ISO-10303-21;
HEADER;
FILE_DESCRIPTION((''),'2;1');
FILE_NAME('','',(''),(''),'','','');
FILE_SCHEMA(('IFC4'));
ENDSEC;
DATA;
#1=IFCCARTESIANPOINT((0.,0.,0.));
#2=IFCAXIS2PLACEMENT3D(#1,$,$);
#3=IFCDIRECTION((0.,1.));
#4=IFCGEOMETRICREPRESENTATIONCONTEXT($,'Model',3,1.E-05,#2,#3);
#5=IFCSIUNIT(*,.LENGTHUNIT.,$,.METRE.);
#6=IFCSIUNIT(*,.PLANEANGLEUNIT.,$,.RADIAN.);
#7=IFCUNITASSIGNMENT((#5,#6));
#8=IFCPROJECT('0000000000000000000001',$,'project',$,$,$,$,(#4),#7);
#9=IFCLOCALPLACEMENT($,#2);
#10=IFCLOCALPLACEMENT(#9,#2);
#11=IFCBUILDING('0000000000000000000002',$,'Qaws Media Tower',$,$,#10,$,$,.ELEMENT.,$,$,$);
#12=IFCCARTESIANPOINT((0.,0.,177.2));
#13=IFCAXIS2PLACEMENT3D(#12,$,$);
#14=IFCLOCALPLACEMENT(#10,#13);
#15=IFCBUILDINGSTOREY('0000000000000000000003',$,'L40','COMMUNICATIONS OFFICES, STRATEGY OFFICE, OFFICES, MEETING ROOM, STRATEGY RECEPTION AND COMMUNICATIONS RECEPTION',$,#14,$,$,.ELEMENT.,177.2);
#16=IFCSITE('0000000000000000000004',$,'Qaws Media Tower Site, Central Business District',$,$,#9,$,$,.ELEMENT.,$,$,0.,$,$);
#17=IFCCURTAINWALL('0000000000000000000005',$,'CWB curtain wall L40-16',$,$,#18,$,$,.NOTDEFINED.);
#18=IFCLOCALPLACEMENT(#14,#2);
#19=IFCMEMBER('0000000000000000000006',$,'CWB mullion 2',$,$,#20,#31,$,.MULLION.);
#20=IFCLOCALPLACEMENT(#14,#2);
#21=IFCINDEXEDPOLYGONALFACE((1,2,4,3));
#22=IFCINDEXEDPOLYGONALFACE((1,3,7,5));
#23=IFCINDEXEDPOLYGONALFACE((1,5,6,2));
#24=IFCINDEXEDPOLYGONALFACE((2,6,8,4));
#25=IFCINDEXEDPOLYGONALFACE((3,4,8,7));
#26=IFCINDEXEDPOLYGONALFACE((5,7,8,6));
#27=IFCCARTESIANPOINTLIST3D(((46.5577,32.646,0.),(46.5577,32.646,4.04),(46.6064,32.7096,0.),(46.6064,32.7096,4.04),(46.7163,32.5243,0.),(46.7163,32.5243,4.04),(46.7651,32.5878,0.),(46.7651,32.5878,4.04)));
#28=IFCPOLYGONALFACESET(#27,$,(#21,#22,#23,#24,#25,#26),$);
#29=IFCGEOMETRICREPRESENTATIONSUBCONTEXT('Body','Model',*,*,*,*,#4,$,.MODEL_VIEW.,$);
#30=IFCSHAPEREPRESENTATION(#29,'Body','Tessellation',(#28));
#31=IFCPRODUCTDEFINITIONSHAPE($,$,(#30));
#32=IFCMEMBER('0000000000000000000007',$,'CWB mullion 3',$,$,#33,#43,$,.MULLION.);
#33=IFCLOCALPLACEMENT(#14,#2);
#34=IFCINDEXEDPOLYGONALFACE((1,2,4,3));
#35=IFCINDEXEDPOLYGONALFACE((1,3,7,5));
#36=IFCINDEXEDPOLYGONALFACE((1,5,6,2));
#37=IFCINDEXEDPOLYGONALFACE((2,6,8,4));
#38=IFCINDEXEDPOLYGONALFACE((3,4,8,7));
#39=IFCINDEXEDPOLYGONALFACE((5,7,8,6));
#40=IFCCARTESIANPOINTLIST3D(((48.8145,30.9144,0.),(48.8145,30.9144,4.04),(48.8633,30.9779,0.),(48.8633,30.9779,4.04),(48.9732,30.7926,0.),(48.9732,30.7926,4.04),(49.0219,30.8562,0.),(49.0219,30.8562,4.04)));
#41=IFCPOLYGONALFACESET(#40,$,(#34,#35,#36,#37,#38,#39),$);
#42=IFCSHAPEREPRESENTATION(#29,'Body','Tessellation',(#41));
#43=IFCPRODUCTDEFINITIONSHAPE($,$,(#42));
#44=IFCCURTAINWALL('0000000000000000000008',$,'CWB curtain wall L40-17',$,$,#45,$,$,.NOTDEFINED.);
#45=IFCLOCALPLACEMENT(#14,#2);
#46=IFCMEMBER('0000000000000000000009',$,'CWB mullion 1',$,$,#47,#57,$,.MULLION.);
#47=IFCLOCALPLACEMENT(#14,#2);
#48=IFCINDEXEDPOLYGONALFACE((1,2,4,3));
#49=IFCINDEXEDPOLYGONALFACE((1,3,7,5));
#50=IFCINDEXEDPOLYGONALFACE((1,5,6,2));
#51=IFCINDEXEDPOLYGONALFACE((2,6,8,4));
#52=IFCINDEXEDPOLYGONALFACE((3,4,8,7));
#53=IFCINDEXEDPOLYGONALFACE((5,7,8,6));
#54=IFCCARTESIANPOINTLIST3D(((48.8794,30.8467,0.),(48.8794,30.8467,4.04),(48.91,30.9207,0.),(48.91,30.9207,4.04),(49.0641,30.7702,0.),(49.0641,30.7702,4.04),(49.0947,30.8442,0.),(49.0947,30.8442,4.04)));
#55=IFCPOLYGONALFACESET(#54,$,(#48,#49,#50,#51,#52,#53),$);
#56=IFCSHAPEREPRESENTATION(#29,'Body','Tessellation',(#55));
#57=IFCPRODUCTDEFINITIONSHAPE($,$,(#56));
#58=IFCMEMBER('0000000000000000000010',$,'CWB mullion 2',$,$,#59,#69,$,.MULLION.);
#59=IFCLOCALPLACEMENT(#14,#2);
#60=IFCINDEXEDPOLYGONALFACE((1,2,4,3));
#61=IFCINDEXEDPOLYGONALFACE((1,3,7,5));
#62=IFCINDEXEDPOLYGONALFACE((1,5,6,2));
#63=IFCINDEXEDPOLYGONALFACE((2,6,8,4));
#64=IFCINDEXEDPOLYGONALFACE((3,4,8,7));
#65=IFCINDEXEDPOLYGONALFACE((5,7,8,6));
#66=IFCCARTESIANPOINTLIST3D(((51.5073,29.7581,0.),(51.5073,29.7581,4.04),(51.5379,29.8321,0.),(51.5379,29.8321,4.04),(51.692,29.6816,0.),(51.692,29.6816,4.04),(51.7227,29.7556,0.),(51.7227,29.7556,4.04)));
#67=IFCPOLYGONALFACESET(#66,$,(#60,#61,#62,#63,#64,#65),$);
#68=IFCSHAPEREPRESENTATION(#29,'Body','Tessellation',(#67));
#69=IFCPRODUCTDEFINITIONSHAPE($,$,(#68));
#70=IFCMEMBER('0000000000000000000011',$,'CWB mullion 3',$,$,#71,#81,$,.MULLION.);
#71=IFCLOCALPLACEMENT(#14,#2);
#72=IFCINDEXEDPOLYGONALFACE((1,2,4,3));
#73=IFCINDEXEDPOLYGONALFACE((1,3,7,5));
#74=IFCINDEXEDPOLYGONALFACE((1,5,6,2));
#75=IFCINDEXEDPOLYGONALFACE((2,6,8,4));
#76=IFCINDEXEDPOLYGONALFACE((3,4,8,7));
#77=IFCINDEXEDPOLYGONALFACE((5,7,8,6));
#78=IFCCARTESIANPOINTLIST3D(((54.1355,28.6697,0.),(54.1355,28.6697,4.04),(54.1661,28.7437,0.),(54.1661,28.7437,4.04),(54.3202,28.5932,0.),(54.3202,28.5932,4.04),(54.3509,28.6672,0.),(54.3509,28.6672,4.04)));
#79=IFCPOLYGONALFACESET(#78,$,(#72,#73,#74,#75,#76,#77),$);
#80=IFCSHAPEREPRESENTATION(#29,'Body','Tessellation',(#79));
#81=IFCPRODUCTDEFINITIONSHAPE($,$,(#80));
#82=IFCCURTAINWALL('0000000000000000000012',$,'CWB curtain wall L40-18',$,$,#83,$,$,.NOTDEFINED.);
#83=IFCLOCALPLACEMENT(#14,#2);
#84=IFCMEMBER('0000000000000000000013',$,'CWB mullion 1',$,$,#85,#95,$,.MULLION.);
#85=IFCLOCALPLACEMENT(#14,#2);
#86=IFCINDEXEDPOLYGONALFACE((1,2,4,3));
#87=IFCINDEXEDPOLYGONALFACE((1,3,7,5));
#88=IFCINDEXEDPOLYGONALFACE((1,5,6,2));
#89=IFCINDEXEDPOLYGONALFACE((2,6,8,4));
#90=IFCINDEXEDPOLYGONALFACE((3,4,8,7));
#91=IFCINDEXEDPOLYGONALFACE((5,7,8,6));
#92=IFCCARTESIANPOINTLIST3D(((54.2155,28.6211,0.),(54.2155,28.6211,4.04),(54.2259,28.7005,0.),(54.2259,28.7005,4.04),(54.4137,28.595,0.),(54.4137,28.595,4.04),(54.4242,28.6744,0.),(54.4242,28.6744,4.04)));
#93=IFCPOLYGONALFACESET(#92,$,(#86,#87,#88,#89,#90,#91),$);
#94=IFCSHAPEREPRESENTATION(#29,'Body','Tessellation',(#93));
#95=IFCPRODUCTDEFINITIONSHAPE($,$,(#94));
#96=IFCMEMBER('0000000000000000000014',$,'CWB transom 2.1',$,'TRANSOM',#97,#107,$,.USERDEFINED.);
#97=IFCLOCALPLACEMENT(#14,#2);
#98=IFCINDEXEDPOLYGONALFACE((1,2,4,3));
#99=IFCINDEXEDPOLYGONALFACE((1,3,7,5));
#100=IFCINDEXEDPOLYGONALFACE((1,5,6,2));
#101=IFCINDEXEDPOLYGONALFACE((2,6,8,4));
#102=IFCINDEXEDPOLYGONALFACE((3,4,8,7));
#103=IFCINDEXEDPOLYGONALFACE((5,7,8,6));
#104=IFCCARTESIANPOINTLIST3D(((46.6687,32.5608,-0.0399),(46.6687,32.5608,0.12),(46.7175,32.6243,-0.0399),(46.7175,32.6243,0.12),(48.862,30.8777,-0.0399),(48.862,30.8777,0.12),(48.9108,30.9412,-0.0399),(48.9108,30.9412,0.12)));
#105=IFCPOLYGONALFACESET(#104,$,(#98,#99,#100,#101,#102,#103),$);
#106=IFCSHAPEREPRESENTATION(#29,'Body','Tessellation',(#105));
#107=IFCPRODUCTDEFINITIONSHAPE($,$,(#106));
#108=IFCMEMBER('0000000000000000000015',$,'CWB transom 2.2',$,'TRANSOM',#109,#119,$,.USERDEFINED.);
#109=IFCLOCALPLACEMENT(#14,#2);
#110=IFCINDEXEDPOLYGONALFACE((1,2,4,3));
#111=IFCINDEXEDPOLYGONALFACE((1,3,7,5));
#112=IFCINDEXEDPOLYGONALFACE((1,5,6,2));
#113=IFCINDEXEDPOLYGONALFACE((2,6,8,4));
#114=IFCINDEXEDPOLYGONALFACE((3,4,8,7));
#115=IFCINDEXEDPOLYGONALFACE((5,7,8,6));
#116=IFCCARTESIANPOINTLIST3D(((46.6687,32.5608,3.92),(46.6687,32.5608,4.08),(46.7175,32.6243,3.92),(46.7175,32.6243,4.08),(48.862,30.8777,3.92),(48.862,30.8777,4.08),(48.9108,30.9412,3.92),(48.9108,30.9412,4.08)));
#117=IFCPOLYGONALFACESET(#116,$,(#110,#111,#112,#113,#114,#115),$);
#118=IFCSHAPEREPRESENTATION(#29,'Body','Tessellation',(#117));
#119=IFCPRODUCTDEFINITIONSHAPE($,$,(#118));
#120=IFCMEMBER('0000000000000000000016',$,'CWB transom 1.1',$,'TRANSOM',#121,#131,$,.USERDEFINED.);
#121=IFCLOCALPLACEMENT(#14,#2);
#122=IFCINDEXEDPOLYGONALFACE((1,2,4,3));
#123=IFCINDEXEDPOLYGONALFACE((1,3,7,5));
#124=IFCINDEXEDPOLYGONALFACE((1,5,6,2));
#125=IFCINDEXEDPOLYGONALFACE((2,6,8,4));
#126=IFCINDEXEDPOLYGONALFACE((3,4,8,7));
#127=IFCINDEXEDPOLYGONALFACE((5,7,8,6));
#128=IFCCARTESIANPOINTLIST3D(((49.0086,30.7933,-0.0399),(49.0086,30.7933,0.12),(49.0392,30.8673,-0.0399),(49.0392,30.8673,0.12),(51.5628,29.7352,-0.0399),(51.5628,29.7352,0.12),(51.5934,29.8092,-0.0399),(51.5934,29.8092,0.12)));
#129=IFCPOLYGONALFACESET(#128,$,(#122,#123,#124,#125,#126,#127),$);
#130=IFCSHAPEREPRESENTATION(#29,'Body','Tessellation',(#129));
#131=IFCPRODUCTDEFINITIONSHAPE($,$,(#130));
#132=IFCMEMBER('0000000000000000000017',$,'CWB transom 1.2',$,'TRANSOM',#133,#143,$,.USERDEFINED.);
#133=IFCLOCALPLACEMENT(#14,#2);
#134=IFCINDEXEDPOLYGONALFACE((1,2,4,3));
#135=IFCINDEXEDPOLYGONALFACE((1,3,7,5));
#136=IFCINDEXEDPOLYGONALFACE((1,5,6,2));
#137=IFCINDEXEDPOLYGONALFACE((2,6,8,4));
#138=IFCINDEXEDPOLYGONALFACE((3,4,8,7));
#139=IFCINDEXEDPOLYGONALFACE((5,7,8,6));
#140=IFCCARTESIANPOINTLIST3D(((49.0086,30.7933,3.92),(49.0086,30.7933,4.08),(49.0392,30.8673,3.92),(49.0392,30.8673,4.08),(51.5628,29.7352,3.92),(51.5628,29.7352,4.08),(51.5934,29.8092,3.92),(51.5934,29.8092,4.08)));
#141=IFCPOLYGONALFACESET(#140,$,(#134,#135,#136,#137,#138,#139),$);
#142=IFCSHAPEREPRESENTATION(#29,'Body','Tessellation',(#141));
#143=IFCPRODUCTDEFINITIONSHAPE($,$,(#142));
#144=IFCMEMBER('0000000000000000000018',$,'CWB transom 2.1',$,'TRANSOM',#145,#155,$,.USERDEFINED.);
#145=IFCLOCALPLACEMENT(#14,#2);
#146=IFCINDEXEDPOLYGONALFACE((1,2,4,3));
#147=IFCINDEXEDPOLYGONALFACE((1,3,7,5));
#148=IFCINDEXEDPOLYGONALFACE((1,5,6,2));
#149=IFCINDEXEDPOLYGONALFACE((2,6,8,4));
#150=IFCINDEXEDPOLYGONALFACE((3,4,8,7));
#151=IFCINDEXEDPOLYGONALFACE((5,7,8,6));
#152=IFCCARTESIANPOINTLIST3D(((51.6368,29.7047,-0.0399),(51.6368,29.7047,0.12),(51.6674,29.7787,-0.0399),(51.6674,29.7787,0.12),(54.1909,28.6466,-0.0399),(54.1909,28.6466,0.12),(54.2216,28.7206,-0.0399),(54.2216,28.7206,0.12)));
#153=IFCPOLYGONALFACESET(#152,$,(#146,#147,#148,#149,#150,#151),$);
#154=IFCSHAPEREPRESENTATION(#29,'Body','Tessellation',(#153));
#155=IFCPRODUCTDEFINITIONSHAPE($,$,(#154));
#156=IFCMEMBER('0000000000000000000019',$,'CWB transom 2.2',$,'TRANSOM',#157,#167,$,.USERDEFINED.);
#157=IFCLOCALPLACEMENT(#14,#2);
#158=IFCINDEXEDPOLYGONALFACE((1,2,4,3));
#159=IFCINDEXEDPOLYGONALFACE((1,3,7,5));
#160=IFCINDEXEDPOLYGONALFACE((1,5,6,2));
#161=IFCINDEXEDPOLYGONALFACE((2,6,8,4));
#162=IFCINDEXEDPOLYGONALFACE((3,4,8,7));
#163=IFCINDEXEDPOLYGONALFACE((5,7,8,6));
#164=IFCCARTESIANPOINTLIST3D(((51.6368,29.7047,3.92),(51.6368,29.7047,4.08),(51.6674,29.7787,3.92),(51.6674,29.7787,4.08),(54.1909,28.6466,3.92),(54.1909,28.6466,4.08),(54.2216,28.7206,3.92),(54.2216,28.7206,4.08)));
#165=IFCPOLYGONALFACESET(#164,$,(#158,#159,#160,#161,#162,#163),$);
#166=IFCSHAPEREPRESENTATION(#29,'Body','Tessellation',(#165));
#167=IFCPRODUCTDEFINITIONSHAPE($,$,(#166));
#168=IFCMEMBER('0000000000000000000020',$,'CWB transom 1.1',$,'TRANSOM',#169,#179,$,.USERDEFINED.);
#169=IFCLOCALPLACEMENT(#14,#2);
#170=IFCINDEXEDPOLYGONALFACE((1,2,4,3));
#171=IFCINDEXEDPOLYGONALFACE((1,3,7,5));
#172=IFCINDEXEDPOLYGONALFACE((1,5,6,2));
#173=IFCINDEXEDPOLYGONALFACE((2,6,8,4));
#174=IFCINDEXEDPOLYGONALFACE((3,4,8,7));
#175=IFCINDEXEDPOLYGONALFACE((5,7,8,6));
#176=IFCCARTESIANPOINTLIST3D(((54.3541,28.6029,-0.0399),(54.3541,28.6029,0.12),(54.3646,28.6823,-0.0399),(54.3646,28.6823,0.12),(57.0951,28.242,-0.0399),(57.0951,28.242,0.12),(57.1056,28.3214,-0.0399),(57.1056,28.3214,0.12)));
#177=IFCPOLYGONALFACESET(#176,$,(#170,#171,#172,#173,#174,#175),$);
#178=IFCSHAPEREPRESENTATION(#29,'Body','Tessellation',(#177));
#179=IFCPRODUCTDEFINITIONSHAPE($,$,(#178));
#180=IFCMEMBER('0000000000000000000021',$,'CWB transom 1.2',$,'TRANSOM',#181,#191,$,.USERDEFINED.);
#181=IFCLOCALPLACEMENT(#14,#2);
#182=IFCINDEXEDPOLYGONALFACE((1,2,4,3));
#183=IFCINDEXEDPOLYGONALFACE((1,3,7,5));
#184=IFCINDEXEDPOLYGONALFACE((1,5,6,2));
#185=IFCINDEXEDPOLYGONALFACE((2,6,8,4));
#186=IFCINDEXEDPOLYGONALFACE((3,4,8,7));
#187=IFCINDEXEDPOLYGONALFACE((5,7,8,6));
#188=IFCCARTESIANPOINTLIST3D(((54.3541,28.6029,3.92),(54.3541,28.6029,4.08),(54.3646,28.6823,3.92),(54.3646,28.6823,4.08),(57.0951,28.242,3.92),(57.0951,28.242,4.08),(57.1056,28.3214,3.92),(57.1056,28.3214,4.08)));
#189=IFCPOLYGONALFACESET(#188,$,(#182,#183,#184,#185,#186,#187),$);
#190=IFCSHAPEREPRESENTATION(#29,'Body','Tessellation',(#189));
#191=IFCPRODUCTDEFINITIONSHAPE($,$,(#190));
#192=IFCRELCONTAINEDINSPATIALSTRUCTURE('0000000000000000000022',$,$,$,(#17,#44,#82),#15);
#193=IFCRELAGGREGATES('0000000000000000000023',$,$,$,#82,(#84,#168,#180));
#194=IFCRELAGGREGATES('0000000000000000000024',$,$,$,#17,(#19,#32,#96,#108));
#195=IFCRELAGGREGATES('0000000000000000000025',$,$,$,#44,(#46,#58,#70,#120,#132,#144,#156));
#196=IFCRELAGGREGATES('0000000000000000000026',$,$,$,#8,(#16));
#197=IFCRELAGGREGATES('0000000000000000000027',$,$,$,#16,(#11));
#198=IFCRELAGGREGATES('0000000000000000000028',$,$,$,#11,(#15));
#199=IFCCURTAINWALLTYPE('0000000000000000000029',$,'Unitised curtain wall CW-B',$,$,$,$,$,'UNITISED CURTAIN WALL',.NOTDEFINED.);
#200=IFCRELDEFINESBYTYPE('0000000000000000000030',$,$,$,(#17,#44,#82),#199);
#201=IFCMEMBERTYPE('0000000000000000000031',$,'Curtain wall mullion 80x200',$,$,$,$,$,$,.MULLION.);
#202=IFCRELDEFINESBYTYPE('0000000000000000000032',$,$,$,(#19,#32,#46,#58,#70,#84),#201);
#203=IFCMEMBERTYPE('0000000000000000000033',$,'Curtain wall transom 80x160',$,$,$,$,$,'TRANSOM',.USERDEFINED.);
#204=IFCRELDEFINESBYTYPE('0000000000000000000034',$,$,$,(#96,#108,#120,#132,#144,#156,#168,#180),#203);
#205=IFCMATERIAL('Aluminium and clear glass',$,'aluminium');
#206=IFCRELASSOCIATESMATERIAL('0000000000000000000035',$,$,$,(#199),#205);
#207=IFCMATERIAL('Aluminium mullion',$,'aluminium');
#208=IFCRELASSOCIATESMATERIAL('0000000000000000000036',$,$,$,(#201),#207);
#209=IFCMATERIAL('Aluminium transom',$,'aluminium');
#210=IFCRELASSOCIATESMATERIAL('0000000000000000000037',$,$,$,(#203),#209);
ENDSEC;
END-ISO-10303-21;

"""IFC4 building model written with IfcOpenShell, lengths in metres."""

from ifc_helpers import new_model, si_unit, direction, frame, origin, origin_2d, place, context, subcontext, project, spatial, rectangle, extrude, material, material_profile, profile_set, type_object, element, aggregate, save


model = new_model("IFC4")

# Units and contexts
model_context = context("Model", 3, precision=1e-05, world=origin(), true_north=direction((0.0, 1.0)))
body_context = subcontext(model_context, "Body", "Model", "MODEL_VIEW")
ifc_project = project(units=[si_unit("LENGTHUNIT", "METRE"), si_unit("PLANEANGLEUNIT", "RADIAN")], contexts=[model_context])

# Site, building, storey
site_placement = place(None, origin())
site = spatial("IfcSite", under=ifc_project, at=site_placement, Name="Qaws Media Tower Site, Central Business District", CompositionType="ELEMENT", RefElevation=0.0)
building_placement = place(site_placement, origin())
building = spatial("IfcBuilding", under=site, at=building_placement, Name="Qaws Media Tower", CompositionType="ELEMENT")
storey_placement = place(building_placement, frame((0.0, 0.0, 177.2)))
storey = spatial("IfcBuildingStorey", under=building, at=storey_placement, Name="L40", Description="COMMUNICATIONS OFFICES, STRATEGY OFFICE, OFFICES, MEETING ROOM, STRATEGY RECEPTION AND COMMUNICATIONS RECEPTION", CompositionType="ELEMENT", Elevation=177.2)

# Curtain walls, members
ifc_material_1 = material(Name="Aluminium and clear glass", Category="aluminium")
curtain_wall_type = type_object("IfcCurtainWallType", Name="Unitised curtain wall CW-B", ElementType="UNITISED CURTAIN WALL", PredefinedType="NOTDEFINED", material=ifc_material_1)
curtain_wall_1_placement = place(storey_placement, origin())
curtain_wall_1 = element("IfcCurtainWall", 1, at=curtain_wall_1_placement, inside=storey, type_object=curtain_wall_type, Name="CWB curtain wall L40-16", PredefinedType="NOTDEFINED")
ifc_material_2 = material(Name="Aluminium mullion", Category="aluminium")
ifc_material_profile_1 = material_profile(ifc_material_2, rectangle(XDim=0.0801, YDim=0.2, at=origin_2d()), Name="80x200")
ifc_profile_set_1 = profile_set([ifc_material_profile_1], Name="Aluminium mullion")
member_type_1 = type_object("IfcMemberType", Name="Curtain wall mullion 80x200", PredefinedType="MULLION", material=ifc_profile_set_1)
member_1_placement = place(storey_placement, frame((46.6614, 32.6169, 0.0), z_axis=(0.0, 0.0, 1.0), x_axis=(0.608761, 0.793353, 0.0)))
member_1 = element("IfcMember", 2, at=member_1_placement, type_object=member_type_1, Name="CWB mullion 2", PredefinedType="MULLION", context=body_context, shape_type="SweptSolid", body=[
    extrude(rectangle(XDim=0.0801, YDim=0.2, at=origin_2d()), origin(), (0.0, 0.0, 1.0), 4.04),
])
member_2_placement = place(storey_placement, frame((48.9182, 30.8853, 0.0), z_axis=(0.0, 0.0, 1.0), x_axis=(0.608761, 0.793353, 0.0)))
member_2 = element("IfcMember", 3, at=member_2_placement, type_object=member_type_1, Name="CWB mullion 3", PredefinedType="MULLION", context=body_context, shape_type="SweptSolid", body=[
    extrude(rectangle(XDim=0.0801, YDim=0.2, at=origin_2d()), origin(), (0.0, 0.0, 1.0), 4.04),
])
curtain_wall_2_placement = place(storey_placement, origin())
curtain_wall_2 = element("IfcCurtainWall", 4, at=curtain_wall_2_placement, inside=storey, type_object=curtain_wall_type, Name="CWB curtain wall L40-17", PredefinedType="NOTDEFINED")
member_3_placement = place(storey_placement, frame((48.9871, 30.8455, 0.0), z_axis=(0.0, 0.0, 1.0), x_axis=(0.382684, 0.923879, 0.0)))
member_3 = element("IfcMember", 5, at=member_3_placement, type_object=member_type_1, Name="CWB mullion 1", PredefinedType="MULLION", context=body_context, shape_type="SweptSolid", body=[
    extrude(rectangle(XDim=0.0801, YDim=0.2, at=origin_2d()), origin(), (0.0, 0.0, 1.0), 4.04),
])
member_4_placement = place(storey_placement, frame((51.615, 29.7568, 0.0), z_axis=(0.0, 0.0, 1.0), x_axis=(0.382684, 0.923879, 0.0)))
member_4 = element("IfcMember", 6, at=member_4_placement, type_object=member_type_1, Name="CWB mullion 2", PredefinedType="MULLION", context=body_context, shape_type="SweptSolid", body=[
    extrude(rectangle(XDim=0.0801, YDim=0.2, at=origin_2d()), origin(), (0.0, 0.0, 1.0), 4.04),
])
member_5_placement = place(storey_placement, frame((54.2432, 28.6685, 0.0), z_axis=(0.0, 0.0, 1.0), x_axis=(0.382684, 0.923879, 0.0)))
member_5 = element("IfcMember", 7, at=member_5_placement, type_object=member_type_1, Name="CWB mullion 3", PredefinedType="MULLION", context=body_context, shape_type="SweptSolid", body=[
    extrude(rectangle(XDim=0.0801, YDim=0.2, at=origin_2d()), origin(), (0.0, 0.0, 1.0), 4.04),
])

# Curtain wall, member
curtain_wall_3_placement = place(storey_placement, origin())
curtain_wall_3 = element("IfcCurtainWall", 8, at=curtain_wall_3_placement, inside=storey, type_object=curtain_wall_type, Name="CWB curtain wall L40-18", PredefinedType="NOTDEFINED")
member_6_placement = place(storey_placement, frame((54.3198, 28.6477, 0.0), z_axis=(0.0, 0.0, 1.0), x_axis=(0.130526, 0.991445, 0.0)))
member_6 = element("IfcMember", 9, at=member_6_placement, type_object=member_type_1, Name="CWB mullion 1", PredefinedType="MULLION", context=body_context, shape_type="SweptSolid", body=[
    extrude(rectangle(XDim=0.0801, YDim=0.2, at=origin_2d()), origin(), (0.0, 0.0, 1.0), 4.04),
])

# Members
ifc_material_3 = material(Name="Aluminium transom", Category="aluminium")
ifc_material_profile_2 = material_profile(ifc_material_3, rectangle(XDim=0.0801, YDim=0.1599, at=origin_2d()), Name="80x160")
ifc_profile_set_2 = profile_set([ifc_material_profile_2], Name="Aluminium transom")
member_type_2 = type_object("IfcMemberType", Name="Curtain wall transom 80x160", ElementType="TRANSOM", PredefinedType="USERDEFINED", material=ifc_profile_set_2)
member_7_placement = place(storey_placement, frame((46.6931, 32.5925, 0.04), z_axis=(0.793339, -0.60878, 0.0), x_axis=(0.60878, 0.793339, 0.0)))
member_7 = element("IfcMember", 10, at=member_7_placement, type_object=member_type_2, Name="CWB transom 2.1", ObjectType="TRANSOM", PredefinedType="USERDEFINED", context=body_context, shape_type="SweptSolid", body=[
    extrude(rectangle(XDim=0.0801, YDim=0.1599, at=origin_2d()), origin(), (0.0, 0.0, 1.0), 2.7646),
])
member_8_placement = place(storey_placement, frame((46.6931, 32.5925, 4.0), z_axis=(0.793339, -0.60878, 0.0), x_axis=(0.60878, 0.793339, 0.0)))
member_8 = element("IfcMember", 11, at=member_8_placement, type_object=member_type_2, Name="CWB transom 2.2", ObjectType="TRANSOM", PredefinedType="USERDEFINED", context=body_context, shape_type="SweptSolid", body=[
    extrude(rectangle(XDim=0.0801, YDim=0.1599, at=origin_2d()), origin(), (0.0, 0.0, 1.0), 2.7646),
])
member_9_placement = place(storey_placement, frame((49.0239, 30.8303, 0.04), z_axis=(0.923864, -0.382721, 0.0), x_axis=(0.382721, 0.923864, 0.0)))
member_9 = element("IfcMember", 12, at=member_9_placement, type_object=member_type_2, Name="CWB transom 1.1", ObjectType="TRANSOM", PredefinedType="USERDEFINED", context=body_context, shape_type="SweptSolid", body=[
    extrude(rectangle(XDim=0.0801, YDim=0.1599, at=origin_2d()), origin(), (0.0, 0.0, 1.0), 2.7646),
])
member_10_placement = place(storey_placement, frame((49.0239, 30.8303, 4.0), z_axis=(0.923864, -0.382721, 0.0), x_axis=(0.382721, 0.923864, 0.0)))
member_10 = element("IfcMember", 13, at=member_10_placement, type_object=member_type_2, Name="CWB transom 1.2", ObjectType="TRANSOM", PredefinedType="USERDEFINED", context=body_context, shape_type="SweptSolid", body=[
    extrude(rectangle(XDim=0.0801, YDim=0.1599, at=origin_2d()), origin(), (0.0, 0.0, 1.0), 2.7646),
])
member_11_placement = place(storey_placement, frame((51.6521, 29.7417, 0.04), z_axis=(0.923864, -0.382721, 0.0), x_axis=(0.382721, 0.923864, 0.0)))
member_11 = element("IfcMember", 14, at=member_11_placement, type_object=member_type_2, Name="CWB transom 2.1", ObjectType="TRANSOM", PredefinedType="USERDEFINED", context=body_context, shape_type="SweptSolid", body=[
    extrude(rectangle(XDim=0.0801, YDim=0.1599, at=origin_2d()), origin(), (0.0, 0.0, 1.0), 2.7646),
])
member_12_placement = place(storey_placement, frame((51.6521, 29.7417, 4.0), z_axis=(0.923864, -0.382721, 0.0), x_axis=(0.382721, 0.923864, 0.0)))
member_12 = element("IfcMember", 15, at=member_12_placement, type_object=member_type_2, Name="CWB transom 2.2", ObjectType="TRANSOM", PredefinedType="USERDEFINED", context=body_context, shape_type="SweptSolid", body=[
    extrude(rectangle(XDim=0.0801, YDim=0.1599, at=origin_2d()), origin(), (0.0, 0.0, 1.0), 2.7646),
])
member_13_placement = place(storey_placement, frame((54.3594, 28.6426, 0.04), z_axis=(0.991446, -0.130521, 0.0), x_axis=(0.130521, 0.991446, 0.0)))
member_13 = element("IfcMember", 16, at=member_13_placement, type_object=member_type_2, Name="CWB transom 1.1", ObjectType="TRANSOM", PredefinedType="USERDEFINED", context=body_context, shape_type="SweptSolid", body=[
    extrude(rectangle(XDim=0.0801, YDim=0.1599, at=origin_2d()), origin(), (0.0, 0.0, 1.0), 2.7646),
])
member_14_placement = place(storey_placement, frame((54.3594, 28.6426, 4.0), z_axis=(0.991446, -0.130521, 0.0), x_axis=(0.130521, 0.991446, 0.0)))
member_14 = element("IfcMember", 17, at=member_14_placement, type_object=member_type_2, Name="CWB transom 1.2", ObjectType="TRANSOM", PredefinedType="USERDEFINED", context=body_context, shape_type="SweptSolid", body=[
    extrude(rectangle(XDim=0.0801, YDim=0.1599, at=origin_2d()), origin(), (0.0, 0.0, 1.0), 2.7646),
])
aggregate(curtain_wall_3, [member_6, member_13, member_14])

aggregate(curtain_wall_1, [member_1, member_2, member_7, member_8])
aggregate(curtain_wall_2, [member_3, member_4, member_5, member_9, member_10, member_11, member_12])

save(model, "model.ifc")
